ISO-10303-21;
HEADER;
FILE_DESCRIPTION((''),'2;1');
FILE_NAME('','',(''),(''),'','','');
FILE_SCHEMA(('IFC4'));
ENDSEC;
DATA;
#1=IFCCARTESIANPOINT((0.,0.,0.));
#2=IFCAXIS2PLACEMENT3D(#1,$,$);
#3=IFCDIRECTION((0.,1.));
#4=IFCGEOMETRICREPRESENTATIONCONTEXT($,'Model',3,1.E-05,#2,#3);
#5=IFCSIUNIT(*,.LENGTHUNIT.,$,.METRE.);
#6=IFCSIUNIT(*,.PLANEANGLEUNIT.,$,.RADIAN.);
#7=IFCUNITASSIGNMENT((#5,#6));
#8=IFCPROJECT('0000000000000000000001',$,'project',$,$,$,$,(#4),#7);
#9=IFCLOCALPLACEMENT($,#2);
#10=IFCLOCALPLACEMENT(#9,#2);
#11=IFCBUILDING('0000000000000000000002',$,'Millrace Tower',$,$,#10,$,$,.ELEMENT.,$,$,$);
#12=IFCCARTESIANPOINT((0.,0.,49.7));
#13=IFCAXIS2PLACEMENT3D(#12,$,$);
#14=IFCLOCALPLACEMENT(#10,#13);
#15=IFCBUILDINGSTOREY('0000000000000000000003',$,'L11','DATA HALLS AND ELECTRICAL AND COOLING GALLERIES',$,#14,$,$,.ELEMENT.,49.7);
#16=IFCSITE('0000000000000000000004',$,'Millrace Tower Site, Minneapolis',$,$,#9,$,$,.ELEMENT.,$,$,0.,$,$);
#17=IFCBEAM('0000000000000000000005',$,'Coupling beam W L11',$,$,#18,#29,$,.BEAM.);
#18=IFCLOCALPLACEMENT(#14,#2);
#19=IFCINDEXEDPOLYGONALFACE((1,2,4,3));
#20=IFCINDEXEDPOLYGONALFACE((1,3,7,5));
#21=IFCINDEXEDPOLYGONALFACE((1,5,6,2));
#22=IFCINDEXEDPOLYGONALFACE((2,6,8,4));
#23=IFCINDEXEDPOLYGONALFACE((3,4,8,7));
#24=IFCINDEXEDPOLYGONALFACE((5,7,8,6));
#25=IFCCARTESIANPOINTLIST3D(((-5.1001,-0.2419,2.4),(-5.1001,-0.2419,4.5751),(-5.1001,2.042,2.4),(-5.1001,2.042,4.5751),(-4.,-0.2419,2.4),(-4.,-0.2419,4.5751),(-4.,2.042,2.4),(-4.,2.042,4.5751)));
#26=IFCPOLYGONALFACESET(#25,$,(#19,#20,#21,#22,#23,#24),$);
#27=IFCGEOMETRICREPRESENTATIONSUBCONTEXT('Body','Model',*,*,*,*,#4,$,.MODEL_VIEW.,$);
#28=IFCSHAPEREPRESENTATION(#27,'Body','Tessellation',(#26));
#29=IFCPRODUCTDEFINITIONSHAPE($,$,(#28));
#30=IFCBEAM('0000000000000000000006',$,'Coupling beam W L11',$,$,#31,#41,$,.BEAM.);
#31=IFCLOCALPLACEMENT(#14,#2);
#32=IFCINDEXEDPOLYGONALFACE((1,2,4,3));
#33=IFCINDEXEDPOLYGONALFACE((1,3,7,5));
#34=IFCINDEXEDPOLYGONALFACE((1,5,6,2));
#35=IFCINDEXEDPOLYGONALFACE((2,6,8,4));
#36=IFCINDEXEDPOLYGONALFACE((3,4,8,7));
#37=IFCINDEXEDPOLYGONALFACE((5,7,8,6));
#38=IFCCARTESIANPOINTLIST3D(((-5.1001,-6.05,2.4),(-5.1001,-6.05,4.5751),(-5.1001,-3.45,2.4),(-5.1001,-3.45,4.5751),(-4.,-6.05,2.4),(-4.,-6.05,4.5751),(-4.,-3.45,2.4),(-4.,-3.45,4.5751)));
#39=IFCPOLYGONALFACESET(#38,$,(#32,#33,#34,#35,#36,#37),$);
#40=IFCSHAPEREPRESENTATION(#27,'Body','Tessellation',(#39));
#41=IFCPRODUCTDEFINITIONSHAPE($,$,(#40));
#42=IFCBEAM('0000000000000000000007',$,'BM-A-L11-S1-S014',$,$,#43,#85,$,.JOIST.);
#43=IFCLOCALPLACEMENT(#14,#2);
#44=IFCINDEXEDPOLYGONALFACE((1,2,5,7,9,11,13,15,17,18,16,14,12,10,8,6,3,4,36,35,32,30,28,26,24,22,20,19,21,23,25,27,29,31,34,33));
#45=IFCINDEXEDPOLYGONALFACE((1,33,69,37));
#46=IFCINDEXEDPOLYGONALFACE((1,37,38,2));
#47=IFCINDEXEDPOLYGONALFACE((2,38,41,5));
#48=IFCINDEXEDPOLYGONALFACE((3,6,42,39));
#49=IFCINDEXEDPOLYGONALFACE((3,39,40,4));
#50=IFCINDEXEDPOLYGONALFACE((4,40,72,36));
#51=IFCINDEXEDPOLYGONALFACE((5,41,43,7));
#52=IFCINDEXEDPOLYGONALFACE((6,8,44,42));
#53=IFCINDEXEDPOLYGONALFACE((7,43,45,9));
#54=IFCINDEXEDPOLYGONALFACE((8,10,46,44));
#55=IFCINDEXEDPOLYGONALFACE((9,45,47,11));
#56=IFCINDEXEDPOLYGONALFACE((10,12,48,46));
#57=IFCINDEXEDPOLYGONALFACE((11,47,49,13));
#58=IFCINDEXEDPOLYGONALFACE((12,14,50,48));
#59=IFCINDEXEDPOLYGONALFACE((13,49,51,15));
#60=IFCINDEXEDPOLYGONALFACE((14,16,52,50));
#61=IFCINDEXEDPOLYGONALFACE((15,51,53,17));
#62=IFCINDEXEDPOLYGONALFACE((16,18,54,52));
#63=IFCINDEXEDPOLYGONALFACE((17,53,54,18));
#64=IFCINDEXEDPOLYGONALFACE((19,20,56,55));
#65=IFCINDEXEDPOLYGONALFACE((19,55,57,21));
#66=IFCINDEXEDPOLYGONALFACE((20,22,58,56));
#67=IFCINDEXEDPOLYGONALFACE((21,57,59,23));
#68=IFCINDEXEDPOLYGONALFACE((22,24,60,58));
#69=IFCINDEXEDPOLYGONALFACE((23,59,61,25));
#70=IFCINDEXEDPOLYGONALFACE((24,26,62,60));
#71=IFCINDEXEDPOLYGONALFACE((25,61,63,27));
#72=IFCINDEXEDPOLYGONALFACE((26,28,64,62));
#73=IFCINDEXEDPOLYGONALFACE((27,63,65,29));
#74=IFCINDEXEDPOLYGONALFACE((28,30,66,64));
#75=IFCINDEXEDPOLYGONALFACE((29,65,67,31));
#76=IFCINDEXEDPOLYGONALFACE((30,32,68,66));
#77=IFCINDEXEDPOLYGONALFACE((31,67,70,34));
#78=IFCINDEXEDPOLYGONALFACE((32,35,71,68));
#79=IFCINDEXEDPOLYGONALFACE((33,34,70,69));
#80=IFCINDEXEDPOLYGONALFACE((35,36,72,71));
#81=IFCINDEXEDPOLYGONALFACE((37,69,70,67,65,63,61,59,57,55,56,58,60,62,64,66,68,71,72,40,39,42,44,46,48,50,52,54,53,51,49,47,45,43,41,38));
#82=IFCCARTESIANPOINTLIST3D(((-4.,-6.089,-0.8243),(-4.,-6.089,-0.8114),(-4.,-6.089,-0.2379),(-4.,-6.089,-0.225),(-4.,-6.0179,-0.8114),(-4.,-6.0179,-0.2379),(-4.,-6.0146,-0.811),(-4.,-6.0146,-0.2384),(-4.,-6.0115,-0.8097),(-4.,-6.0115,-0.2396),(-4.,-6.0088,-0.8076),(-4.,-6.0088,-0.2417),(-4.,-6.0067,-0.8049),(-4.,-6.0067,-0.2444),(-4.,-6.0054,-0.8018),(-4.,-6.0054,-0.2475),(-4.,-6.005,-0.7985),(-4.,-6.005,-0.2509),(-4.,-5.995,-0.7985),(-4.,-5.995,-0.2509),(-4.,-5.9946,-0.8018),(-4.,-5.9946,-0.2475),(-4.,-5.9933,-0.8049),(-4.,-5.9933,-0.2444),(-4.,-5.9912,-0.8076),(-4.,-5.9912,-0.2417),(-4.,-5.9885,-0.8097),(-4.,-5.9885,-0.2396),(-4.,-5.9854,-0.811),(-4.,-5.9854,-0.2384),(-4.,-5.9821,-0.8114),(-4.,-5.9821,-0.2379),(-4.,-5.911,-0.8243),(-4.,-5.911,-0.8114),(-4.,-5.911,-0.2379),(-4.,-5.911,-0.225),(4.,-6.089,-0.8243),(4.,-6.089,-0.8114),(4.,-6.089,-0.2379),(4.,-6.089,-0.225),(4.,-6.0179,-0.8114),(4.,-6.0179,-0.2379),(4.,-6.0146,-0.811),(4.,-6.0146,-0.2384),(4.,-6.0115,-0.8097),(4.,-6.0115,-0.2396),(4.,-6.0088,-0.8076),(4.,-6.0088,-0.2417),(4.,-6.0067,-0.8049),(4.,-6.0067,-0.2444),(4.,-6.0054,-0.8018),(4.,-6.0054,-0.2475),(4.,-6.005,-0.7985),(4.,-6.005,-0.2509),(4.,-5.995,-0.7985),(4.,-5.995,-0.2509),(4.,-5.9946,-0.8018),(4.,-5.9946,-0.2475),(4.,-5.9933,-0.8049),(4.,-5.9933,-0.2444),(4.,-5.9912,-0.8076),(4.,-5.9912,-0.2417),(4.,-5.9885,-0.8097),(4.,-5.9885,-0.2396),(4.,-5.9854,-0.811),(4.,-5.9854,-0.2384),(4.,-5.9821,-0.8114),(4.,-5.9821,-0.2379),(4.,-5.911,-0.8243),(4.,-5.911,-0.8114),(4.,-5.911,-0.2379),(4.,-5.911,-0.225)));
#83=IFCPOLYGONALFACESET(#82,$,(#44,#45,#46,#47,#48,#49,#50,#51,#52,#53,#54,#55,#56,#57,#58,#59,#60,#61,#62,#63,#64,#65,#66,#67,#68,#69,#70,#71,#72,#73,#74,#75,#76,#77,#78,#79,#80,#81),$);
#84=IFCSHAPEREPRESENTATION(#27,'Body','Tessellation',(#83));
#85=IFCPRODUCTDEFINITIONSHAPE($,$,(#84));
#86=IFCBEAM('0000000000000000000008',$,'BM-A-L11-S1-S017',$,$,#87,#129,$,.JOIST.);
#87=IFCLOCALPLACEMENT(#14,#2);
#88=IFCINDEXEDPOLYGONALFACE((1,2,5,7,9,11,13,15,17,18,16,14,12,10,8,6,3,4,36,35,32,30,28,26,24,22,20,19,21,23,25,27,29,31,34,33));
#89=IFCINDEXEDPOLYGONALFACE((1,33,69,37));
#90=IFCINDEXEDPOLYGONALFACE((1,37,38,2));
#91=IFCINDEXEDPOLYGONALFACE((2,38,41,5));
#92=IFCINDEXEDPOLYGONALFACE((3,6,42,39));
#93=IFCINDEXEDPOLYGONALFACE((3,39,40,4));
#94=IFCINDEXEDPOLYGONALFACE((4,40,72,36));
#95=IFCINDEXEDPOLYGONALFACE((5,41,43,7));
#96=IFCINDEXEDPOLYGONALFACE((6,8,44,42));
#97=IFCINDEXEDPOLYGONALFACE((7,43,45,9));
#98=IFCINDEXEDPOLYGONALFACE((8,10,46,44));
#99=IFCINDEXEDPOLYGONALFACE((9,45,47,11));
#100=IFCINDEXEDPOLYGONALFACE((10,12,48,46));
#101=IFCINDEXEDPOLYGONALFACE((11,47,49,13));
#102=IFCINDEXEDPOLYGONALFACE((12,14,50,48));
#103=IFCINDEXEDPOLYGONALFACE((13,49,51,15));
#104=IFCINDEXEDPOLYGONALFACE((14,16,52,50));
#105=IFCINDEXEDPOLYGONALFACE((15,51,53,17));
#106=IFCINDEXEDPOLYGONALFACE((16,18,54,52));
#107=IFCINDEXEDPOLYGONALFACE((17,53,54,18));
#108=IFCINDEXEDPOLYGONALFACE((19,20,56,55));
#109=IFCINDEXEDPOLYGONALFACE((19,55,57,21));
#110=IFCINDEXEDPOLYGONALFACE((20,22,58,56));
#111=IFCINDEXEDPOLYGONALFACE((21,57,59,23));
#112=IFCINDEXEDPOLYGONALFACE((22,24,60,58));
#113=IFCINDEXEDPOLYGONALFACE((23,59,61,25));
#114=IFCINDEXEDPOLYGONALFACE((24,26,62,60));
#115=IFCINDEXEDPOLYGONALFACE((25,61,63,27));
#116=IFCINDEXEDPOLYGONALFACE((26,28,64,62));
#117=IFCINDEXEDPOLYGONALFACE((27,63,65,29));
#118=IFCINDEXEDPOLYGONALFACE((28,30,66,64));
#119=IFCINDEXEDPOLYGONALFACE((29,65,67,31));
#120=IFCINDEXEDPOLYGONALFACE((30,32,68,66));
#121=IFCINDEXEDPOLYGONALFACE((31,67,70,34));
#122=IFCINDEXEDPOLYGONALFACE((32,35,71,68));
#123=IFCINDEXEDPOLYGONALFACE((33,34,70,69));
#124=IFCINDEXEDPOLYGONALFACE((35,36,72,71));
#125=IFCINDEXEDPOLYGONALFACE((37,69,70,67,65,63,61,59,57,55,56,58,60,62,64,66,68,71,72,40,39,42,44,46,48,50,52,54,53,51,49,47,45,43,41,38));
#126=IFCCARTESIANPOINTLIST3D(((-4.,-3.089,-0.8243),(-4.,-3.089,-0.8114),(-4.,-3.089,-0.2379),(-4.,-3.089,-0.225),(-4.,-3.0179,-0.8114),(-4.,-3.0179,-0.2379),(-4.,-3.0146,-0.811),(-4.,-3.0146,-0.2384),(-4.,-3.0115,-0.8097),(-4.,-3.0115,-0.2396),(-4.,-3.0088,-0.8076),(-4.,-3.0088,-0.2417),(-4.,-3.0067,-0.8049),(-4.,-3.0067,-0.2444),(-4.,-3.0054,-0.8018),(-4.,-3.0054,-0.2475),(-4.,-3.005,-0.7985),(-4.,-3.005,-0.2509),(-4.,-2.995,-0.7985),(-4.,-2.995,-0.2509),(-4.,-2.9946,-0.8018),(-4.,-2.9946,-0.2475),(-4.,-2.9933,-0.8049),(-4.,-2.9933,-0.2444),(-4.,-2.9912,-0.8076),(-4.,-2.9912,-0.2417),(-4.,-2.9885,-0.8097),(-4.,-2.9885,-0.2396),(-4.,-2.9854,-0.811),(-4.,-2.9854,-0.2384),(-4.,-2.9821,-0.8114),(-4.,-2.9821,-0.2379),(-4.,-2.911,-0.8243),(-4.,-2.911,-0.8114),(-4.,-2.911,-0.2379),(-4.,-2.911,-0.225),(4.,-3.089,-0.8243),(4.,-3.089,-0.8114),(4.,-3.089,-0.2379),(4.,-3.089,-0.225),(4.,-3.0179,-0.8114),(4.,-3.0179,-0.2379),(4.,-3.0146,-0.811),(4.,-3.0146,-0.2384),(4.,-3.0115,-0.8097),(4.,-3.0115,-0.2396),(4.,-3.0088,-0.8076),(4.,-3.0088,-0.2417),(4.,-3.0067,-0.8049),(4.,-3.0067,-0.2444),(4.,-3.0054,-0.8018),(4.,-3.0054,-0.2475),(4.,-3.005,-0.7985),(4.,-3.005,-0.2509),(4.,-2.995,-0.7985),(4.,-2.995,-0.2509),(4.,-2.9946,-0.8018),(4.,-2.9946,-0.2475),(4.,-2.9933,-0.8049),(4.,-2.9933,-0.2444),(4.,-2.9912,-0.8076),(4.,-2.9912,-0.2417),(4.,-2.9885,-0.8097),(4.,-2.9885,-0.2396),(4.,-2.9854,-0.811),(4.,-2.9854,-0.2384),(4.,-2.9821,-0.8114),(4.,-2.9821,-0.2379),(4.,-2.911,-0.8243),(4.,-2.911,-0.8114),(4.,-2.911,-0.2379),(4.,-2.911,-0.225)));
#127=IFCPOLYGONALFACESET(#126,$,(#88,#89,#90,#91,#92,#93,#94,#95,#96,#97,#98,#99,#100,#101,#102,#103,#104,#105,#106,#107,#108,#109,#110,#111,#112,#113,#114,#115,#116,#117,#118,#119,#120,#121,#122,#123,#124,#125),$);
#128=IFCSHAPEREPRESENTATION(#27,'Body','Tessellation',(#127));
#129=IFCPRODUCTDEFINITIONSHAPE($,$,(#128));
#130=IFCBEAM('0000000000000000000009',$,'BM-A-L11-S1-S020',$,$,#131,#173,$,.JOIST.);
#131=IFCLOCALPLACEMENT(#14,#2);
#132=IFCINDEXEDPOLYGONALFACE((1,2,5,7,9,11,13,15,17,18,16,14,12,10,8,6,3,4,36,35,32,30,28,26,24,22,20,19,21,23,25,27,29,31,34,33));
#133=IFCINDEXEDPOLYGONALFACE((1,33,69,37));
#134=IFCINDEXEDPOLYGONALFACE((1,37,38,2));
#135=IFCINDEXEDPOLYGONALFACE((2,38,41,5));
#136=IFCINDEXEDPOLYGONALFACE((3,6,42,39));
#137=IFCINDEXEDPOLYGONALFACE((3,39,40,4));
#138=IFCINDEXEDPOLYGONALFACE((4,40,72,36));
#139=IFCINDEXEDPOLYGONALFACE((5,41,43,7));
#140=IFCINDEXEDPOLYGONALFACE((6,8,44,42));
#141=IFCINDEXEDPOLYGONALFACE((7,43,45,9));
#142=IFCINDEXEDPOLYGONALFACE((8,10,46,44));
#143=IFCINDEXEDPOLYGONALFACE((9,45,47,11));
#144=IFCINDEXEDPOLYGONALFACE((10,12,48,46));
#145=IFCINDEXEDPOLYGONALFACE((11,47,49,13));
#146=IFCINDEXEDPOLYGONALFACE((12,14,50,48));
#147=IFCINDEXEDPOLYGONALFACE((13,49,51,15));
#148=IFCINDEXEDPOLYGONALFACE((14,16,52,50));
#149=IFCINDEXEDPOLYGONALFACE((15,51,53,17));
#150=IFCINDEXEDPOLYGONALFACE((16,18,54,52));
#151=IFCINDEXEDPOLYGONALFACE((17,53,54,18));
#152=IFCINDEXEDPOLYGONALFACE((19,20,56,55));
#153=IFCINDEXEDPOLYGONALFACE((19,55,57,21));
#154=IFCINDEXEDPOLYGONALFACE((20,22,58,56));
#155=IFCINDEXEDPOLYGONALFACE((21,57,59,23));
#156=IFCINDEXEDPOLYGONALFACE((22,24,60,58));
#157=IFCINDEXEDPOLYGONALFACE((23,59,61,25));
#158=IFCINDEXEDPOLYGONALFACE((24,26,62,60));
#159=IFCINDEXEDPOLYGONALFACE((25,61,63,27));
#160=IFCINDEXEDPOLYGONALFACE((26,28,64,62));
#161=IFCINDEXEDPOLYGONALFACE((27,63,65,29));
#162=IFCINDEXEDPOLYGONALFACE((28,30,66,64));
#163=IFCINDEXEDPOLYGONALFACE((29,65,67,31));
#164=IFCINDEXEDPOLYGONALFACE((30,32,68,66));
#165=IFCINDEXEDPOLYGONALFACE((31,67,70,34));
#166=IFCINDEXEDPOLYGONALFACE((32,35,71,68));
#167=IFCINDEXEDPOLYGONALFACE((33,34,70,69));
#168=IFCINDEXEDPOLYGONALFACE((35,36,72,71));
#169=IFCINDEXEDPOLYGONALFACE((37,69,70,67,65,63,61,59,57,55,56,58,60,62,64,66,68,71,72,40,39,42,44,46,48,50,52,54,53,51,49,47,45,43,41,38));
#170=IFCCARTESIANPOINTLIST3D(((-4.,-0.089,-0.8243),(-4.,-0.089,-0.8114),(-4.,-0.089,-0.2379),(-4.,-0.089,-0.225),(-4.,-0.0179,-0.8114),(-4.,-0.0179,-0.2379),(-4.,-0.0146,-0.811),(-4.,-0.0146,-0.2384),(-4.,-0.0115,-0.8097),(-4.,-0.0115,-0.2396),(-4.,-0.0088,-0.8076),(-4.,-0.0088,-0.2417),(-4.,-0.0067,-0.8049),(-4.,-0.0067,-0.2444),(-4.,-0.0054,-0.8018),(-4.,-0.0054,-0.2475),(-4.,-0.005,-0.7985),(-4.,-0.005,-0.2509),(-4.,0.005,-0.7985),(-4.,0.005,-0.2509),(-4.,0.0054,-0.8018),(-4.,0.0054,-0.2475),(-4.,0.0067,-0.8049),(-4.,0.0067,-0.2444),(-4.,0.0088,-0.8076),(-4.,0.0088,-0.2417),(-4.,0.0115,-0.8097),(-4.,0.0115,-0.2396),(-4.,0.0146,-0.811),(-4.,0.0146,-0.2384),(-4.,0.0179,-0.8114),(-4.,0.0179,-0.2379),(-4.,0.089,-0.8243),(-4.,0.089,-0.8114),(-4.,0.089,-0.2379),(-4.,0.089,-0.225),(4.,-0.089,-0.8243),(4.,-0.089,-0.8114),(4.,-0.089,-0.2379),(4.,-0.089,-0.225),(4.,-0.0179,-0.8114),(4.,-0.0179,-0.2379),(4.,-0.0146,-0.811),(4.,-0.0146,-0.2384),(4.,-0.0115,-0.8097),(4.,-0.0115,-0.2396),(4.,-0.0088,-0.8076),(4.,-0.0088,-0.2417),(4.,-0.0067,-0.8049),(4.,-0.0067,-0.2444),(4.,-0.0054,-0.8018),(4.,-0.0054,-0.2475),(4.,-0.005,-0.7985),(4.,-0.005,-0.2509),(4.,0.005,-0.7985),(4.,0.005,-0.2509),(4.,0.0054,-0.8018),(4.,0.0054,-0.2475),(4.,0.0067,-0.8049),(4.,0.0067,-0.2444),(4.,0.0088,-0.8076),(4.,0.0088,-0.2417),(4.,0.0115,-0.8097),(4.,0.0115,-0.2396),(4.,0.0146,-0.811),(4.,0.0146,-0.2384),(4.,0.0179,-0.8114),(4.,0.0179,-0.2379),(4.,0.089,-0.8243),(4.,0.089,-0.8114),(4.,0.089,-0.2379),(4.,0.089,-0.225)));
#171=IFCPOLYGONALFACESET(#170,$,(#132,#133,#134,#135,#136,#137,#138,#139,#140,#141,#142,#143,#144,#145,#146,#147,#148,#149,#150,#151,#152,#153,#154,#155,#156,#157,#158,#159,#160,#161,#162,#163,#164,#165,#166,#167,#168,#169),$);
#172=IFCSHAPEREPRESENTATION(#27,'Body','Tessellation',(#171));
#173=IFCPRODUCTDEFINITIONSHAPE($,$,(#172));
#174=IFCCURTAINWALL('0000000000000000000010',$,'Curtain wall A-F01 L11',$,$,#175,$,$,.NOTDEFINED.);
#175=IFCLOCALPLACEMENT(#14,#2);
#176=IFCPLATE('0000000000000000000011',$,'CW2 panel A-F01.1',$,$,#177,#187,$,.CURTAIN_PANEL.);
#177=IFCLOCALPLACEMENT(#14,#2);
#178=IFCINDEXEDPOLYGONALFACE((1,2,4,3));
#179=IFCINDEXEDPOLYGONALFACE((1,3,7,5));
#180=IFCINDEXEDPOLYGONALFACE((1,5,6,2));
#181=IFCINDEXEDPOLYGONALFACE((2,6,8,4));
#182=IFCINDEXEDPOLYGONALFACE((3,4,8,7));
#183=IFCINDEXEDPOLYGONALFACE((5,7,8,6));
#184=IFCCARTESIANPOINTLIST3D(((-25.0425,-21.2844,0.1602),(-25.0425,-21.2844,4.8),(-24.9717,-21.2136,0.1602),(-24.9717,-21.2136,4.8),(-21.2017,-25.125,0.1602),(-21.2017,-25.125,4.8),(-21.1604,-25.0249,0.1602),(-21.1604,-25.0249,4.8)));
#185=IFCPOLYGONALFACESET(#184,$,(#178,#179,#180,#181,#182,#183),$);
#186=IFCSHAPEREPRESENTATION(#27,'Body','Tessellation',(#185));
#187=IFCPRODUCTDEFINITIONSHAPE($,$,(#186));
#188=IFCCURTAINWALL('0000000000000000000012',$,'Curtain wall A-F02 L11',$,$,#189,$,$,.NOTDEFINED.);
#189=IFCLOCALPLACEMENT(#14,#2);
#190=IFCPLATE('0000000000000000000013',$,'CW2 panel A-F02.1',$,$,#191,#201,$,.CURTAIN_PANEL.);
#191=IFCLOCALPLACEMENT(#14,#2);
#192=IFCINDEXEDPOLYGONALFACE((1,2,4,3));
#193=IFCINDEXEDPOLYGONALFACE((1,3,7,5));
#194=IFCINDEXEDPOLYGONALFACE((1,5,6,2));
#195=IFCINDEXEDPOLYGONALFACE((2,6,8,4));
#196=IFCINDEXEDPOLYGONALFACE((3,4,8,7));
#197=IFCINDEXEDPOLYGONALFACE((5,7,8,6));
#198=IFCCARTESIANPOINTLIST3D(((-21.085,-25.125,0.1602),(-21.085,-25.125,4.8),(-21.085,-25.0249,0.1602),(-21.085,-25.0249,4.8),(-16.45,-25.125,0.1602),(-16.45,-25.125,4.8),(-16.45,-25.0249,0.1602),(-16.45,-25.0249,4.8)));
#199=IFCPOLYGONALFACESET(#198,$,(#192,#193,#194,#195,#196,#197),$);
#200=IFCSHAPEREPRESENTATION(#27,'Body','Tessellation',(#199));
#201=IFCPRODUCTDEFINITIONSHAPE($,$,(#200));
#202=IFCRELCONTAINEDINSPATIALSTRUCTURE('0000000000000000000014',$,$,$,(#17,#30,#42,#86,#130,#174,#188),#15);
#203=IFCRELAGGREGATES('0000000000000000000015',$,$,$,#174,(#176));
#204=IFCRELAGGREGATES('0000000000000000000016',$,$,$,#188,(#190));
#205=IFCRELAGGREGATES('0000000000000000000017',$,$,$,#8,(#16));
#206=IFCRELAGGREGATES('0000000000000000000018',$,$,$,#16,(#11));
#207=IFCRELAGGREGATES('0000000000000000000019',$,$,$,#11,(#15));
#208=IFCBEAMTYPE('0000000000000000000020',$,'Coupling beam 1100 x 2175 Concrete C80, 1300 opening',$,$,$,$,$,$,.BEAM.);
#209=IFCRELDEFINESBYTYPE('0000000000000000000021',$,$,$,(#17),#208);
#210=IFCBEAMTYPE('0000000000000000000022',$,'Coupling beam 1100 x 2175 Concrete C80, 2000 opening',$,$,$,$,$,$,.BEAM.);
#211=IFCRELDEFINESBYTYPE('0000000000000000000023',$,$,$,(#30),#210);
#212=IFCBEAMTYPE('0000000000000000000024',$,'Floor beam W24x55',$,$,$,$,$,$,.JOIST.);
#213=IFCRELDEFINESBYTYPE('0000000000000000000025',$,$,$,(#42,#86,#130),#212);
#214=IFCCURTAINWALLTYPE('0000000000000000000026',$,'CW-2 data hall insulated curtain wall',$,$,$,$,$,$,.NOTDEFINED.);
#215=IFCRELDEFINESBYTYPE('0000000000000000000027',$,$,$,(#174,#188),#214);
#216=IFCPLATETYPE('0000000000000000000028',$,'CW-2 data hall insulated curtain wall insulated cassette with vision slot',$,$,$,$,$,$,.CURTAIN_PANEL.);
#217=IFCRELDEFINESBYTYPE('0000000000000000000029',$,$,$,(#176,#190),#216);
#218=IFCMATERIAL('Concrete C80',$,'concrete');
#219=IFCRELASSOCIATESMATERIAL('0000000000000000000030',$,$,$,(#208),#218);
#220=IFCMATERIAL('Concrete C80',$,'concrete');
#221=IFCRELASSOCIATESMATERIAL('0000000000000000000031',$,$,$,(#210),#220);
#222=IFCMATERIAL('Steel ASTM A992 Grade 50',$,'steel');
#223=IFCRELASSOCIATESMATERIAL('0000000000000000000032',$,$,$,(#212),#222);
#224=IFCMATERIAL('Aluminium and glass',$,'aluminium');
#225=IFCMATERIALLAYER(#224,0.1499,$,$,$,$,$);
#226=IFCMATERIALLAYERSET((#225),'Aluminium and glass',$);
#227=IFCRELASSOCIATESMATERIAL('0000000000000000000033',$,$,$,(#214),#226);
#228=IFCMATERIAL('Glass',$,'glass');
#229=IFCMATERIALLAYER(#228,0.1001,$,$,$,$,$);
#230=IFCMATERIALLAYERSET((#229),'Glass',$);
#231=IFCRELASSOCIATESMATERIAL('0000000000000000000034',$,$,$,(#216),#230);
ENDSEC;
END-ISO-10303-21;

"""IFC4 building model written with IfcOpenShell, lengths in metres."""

from ifc_helpers import new_model, si_unit, direction, frame, origin, origin_2d, place, context, subcontext, project, spatial, polyline, rectangle, i_section, outline, extrude, material, layer, layer_set, material_profile, profile_set, type_object, element, aggregate, save


model = new_model("IFC4")

# Units and contexts
model_context = context("Model", 3, precision=1e-05, world=origin(), true_north=direction((0.0, 1.0)))
body_context = subcontext(model_context, "Body", "Model", "MODEL_VIEW")
ifc_project = project(units=[si_unit("LENGTHUNIT", "METRE"), si_unit("PLANEANGLEUNIT", "RADIAN")], contexts=[model_context])

# Site, building, storey
site_placement = place(None, origin())
site = spatial("IfcSite", under=ifc_project, at=site_placement, Name="Millrace Tower Site, Minneapolis", CompositionType="ELEMENT", RefElevation=0.0)
building_placement = place(site_placement, origin())
building = spatial("IfcBuilding", under=site, at=building_placement, Name="Millrace Tower", CompositionType="ELEMENT")
storey_placement = place(building_placement, frame((0.0, 0.0, 49.7)))
storey = spatial("IfcBuildingStorey", under=building, at=storey_placement, Name="L11", Description="DATA HALLS AND ELECTRICAL AND COOLING GALLERIES", CompositionType="ELEMENT", Elevation=49.7)

# Beams
ifc_material_1 = material(Name="Concrete C80", Category="concrete")
ifc_material_profile_1 = material_profile(ifc_material_1, rectangle(XDim=1.1001, YDim=2.175, at=origin_2d()))
ifc_profile_set_1 = profile_set([ifc_material_profile_1], Name="Concrete C80")
beam_type_1 = type_object("IfcBeamType", Name="Coupling beam 1100 x 2175 Concrete C80, 1300 opening", PredefinedType="BEAM", material=ifc_profile_set_1)
beam_1_placement = place(storey_placement, frame((-4.55, -0.2419, 3.4875), z_axis=(0.0, 1.0, 0.0), x_axis=(-1.0, 0.0, 0.0)))
element("IfcBeam", 1, at=beam_1_placement, inside=storey, type_object=beam_type_1, Name="Coupling beam W L11", PredefinedType="BEAM", context=body_context, shape_type="SweptSolid", body=[
    extrude(rectangle(XDim=1.1001, YDim=2.175, at=origin_2d()), origin(), (0.0, 0.0, 1.0), 2.2839),
])
ifc_material_2 = material(Name="Concrete C80", Category="concrete")
ifc_material_profile_2 = material_profile(ifc_material_2, rectangle(XDim=1.1001, YDim=2.175, at=origin_2d()))
ifc_profile_set_2 = profile_set([ifc_material_profile_2], Name="Concrete C80")
beam_type_2 = type_object("IfcBeamType", Name="Coupling beam 1100 x 2175 Concrete C80, 2000 opening", PredefinedType="BEAM", material=ifc_profile_set_2)
beam_2_placement = place(storey_placement, frame((-4.55, -6.05, 3.4875), z_axis=(0.0, 1.0, 0.0), x_axis=(-1.0, 0.0, 0.0)))
element("IfcBeam", 2, at=beam_2_placement, inside=storey, type_object=beam_type_2, Name="Coupling beam W L11", PredefinedType="BEAM", context=body_context, shape_type="SweptSolid", body=[
    extrude(rectangle(XDim=1.1001, YDim=2.175, at=origin_2d()), origin(), (0.0, 0.0, 1.0), 2.6001),
])
ifc_material_3 = material(Name="Steel ASTM A992 Grade 50", Category="steel")
ifc_material_profile_3 = material_profile(ifc_material_3, i_section(OverallWidth=0.178, OverallDepth=0.5994, WebThickness=0.01, FlangeThickness=0.0129, FilletRadius=0.0129, at=origin_2d()))
ifc_profile_set_3 = profile_set([ifc_material_profile_3], Name="Steel ASTM A992 Grade 50")
beam_type_3 = type_object("IfcBeamType", Name="Floor beam W24x55", PredefinedType="JOIST", material=ifc_profile_set_3)
for number, where, z_axis, x_axis, name in (
    (3, (-4.0, -6.0, -0.5247), (1.0, 0.0, 0.0), (0.0, 1.0, 0.0), "BM-A-L11-S1-S014"),
    (4, (-4.0, -3.0, -0.5247), (1.0, 0.0, 0.0), (0.0, 1.0, 0.0), "BM-A-L11-S1-S017"),
    (5, (-4.0, 0.0, -0.5247), (1.0, 0.0, 0.0), (0.0, 1.0, 0.0), "BM-A-L11-S1-S020"),
):
    element("IfcBeam", number, at=place(storey_placement, frame(where, z_axis=z_axis, x_axis=x_axis)), inside=storey, type_object=beam_type_3, Name=name, PredefinedType="JOIST", context=body_context, shape_type="SweptSolid", body=[
        extrude(i_section(OverallWidth=0.178, OverallDepth=0.5994, WebThickness=0.01, FlangeThickness=0.0129, FilletRadius=0.0129, at=origin_2d()), origin(), (0.0, 0.0, 1.0), 8.0),
    ])

# Curtain wall, plate
ifc_material_4 = material(Name="Aluminium and glass", Category="aluminium")
ifc_layer_1 = layer(ifc_material_4, 0.1499)
ifc_layer_set_1 = layer_set([ifc_layer_1], Name="Aluminium and glass")
curtain_wall_type = type_object("IfcCurtainWallType", Name="CW-2 data hall insulated curtain wall", PredefinedType="NOTDEFINED", material=ifc_layer_set_1)
placement_1 = place(storey_placement, origin())
curtain_wall_1 = element("IfcCurtainWall", 6, at=placement_1, inside=storey, type_object=curtain_wall_type, Name="Curtain wall A-F01 L11", PredefinedType="NOTDEFINED")
ifc_material_5 = material(Name="Glass", Category="glass")
ifc_layer_2 = layer(ifc_material_5, 0.1001)
ifc_layer_set_2 = layer_set([ifc_layer_2], Name="Glass")
plate_type = type_object("IfcPlateType", Name="CW-2 data hall insulated curtain wall insulated cassette with vision slot", PredefinedType="CURTAIN_PANEL", material=ifc_layer_set_2)
placement_2 = place(storey_placement, frame((0.0, 0.0, 0.1602)))
plate_1 = element("IfcPlate", 7, at=placement_2, type_object=plate_type, Name="CW2 panel A-F01.1", PredefinedType="CURTAIN_PANEL", context=body_context, shape_type="SweptSolid", body=[
    extrude(outline(polyline([(-25.0425, -21.2844), (-21.2017, -25.125), (-21.1604, -25.0249), (-24.9717, -21.2136), (-25.0425, -21.2844)])), origin(), (0.0, 0.0, 1.0), 4.6399),
])
aggregate(curtain_wall_1, [plate_1])

# Curtain wall, plate
curtain_wall_2 = element("IfcCurtainWall", 8, at=placement_1, inside=storey, type_object=curtain_wall_type, Name="Curtain wall A-F02 L11", PredefinedType="NOTDEFINED")
plate_2 = element("IfcPlate", 9, at=placement_2, type_object=plate_type, Name="CW2 panel A-F02.1", PredefinedType="CURTAIN_PANEL", context=body_context, shape_type="SweptSolid", body=[
    extrude(outline(polyline([(-21.085, -25.125), (-16.45, -25.125), (-16.45, -25.0249), (-21.085, -25.0249), (-21.085, -25.125)])), origin(), (0.0, 0.0, 1.0), 4.6399),
])
aggregate(curtain_wall_2, [plate_2])

save(model, "model.ifc")
